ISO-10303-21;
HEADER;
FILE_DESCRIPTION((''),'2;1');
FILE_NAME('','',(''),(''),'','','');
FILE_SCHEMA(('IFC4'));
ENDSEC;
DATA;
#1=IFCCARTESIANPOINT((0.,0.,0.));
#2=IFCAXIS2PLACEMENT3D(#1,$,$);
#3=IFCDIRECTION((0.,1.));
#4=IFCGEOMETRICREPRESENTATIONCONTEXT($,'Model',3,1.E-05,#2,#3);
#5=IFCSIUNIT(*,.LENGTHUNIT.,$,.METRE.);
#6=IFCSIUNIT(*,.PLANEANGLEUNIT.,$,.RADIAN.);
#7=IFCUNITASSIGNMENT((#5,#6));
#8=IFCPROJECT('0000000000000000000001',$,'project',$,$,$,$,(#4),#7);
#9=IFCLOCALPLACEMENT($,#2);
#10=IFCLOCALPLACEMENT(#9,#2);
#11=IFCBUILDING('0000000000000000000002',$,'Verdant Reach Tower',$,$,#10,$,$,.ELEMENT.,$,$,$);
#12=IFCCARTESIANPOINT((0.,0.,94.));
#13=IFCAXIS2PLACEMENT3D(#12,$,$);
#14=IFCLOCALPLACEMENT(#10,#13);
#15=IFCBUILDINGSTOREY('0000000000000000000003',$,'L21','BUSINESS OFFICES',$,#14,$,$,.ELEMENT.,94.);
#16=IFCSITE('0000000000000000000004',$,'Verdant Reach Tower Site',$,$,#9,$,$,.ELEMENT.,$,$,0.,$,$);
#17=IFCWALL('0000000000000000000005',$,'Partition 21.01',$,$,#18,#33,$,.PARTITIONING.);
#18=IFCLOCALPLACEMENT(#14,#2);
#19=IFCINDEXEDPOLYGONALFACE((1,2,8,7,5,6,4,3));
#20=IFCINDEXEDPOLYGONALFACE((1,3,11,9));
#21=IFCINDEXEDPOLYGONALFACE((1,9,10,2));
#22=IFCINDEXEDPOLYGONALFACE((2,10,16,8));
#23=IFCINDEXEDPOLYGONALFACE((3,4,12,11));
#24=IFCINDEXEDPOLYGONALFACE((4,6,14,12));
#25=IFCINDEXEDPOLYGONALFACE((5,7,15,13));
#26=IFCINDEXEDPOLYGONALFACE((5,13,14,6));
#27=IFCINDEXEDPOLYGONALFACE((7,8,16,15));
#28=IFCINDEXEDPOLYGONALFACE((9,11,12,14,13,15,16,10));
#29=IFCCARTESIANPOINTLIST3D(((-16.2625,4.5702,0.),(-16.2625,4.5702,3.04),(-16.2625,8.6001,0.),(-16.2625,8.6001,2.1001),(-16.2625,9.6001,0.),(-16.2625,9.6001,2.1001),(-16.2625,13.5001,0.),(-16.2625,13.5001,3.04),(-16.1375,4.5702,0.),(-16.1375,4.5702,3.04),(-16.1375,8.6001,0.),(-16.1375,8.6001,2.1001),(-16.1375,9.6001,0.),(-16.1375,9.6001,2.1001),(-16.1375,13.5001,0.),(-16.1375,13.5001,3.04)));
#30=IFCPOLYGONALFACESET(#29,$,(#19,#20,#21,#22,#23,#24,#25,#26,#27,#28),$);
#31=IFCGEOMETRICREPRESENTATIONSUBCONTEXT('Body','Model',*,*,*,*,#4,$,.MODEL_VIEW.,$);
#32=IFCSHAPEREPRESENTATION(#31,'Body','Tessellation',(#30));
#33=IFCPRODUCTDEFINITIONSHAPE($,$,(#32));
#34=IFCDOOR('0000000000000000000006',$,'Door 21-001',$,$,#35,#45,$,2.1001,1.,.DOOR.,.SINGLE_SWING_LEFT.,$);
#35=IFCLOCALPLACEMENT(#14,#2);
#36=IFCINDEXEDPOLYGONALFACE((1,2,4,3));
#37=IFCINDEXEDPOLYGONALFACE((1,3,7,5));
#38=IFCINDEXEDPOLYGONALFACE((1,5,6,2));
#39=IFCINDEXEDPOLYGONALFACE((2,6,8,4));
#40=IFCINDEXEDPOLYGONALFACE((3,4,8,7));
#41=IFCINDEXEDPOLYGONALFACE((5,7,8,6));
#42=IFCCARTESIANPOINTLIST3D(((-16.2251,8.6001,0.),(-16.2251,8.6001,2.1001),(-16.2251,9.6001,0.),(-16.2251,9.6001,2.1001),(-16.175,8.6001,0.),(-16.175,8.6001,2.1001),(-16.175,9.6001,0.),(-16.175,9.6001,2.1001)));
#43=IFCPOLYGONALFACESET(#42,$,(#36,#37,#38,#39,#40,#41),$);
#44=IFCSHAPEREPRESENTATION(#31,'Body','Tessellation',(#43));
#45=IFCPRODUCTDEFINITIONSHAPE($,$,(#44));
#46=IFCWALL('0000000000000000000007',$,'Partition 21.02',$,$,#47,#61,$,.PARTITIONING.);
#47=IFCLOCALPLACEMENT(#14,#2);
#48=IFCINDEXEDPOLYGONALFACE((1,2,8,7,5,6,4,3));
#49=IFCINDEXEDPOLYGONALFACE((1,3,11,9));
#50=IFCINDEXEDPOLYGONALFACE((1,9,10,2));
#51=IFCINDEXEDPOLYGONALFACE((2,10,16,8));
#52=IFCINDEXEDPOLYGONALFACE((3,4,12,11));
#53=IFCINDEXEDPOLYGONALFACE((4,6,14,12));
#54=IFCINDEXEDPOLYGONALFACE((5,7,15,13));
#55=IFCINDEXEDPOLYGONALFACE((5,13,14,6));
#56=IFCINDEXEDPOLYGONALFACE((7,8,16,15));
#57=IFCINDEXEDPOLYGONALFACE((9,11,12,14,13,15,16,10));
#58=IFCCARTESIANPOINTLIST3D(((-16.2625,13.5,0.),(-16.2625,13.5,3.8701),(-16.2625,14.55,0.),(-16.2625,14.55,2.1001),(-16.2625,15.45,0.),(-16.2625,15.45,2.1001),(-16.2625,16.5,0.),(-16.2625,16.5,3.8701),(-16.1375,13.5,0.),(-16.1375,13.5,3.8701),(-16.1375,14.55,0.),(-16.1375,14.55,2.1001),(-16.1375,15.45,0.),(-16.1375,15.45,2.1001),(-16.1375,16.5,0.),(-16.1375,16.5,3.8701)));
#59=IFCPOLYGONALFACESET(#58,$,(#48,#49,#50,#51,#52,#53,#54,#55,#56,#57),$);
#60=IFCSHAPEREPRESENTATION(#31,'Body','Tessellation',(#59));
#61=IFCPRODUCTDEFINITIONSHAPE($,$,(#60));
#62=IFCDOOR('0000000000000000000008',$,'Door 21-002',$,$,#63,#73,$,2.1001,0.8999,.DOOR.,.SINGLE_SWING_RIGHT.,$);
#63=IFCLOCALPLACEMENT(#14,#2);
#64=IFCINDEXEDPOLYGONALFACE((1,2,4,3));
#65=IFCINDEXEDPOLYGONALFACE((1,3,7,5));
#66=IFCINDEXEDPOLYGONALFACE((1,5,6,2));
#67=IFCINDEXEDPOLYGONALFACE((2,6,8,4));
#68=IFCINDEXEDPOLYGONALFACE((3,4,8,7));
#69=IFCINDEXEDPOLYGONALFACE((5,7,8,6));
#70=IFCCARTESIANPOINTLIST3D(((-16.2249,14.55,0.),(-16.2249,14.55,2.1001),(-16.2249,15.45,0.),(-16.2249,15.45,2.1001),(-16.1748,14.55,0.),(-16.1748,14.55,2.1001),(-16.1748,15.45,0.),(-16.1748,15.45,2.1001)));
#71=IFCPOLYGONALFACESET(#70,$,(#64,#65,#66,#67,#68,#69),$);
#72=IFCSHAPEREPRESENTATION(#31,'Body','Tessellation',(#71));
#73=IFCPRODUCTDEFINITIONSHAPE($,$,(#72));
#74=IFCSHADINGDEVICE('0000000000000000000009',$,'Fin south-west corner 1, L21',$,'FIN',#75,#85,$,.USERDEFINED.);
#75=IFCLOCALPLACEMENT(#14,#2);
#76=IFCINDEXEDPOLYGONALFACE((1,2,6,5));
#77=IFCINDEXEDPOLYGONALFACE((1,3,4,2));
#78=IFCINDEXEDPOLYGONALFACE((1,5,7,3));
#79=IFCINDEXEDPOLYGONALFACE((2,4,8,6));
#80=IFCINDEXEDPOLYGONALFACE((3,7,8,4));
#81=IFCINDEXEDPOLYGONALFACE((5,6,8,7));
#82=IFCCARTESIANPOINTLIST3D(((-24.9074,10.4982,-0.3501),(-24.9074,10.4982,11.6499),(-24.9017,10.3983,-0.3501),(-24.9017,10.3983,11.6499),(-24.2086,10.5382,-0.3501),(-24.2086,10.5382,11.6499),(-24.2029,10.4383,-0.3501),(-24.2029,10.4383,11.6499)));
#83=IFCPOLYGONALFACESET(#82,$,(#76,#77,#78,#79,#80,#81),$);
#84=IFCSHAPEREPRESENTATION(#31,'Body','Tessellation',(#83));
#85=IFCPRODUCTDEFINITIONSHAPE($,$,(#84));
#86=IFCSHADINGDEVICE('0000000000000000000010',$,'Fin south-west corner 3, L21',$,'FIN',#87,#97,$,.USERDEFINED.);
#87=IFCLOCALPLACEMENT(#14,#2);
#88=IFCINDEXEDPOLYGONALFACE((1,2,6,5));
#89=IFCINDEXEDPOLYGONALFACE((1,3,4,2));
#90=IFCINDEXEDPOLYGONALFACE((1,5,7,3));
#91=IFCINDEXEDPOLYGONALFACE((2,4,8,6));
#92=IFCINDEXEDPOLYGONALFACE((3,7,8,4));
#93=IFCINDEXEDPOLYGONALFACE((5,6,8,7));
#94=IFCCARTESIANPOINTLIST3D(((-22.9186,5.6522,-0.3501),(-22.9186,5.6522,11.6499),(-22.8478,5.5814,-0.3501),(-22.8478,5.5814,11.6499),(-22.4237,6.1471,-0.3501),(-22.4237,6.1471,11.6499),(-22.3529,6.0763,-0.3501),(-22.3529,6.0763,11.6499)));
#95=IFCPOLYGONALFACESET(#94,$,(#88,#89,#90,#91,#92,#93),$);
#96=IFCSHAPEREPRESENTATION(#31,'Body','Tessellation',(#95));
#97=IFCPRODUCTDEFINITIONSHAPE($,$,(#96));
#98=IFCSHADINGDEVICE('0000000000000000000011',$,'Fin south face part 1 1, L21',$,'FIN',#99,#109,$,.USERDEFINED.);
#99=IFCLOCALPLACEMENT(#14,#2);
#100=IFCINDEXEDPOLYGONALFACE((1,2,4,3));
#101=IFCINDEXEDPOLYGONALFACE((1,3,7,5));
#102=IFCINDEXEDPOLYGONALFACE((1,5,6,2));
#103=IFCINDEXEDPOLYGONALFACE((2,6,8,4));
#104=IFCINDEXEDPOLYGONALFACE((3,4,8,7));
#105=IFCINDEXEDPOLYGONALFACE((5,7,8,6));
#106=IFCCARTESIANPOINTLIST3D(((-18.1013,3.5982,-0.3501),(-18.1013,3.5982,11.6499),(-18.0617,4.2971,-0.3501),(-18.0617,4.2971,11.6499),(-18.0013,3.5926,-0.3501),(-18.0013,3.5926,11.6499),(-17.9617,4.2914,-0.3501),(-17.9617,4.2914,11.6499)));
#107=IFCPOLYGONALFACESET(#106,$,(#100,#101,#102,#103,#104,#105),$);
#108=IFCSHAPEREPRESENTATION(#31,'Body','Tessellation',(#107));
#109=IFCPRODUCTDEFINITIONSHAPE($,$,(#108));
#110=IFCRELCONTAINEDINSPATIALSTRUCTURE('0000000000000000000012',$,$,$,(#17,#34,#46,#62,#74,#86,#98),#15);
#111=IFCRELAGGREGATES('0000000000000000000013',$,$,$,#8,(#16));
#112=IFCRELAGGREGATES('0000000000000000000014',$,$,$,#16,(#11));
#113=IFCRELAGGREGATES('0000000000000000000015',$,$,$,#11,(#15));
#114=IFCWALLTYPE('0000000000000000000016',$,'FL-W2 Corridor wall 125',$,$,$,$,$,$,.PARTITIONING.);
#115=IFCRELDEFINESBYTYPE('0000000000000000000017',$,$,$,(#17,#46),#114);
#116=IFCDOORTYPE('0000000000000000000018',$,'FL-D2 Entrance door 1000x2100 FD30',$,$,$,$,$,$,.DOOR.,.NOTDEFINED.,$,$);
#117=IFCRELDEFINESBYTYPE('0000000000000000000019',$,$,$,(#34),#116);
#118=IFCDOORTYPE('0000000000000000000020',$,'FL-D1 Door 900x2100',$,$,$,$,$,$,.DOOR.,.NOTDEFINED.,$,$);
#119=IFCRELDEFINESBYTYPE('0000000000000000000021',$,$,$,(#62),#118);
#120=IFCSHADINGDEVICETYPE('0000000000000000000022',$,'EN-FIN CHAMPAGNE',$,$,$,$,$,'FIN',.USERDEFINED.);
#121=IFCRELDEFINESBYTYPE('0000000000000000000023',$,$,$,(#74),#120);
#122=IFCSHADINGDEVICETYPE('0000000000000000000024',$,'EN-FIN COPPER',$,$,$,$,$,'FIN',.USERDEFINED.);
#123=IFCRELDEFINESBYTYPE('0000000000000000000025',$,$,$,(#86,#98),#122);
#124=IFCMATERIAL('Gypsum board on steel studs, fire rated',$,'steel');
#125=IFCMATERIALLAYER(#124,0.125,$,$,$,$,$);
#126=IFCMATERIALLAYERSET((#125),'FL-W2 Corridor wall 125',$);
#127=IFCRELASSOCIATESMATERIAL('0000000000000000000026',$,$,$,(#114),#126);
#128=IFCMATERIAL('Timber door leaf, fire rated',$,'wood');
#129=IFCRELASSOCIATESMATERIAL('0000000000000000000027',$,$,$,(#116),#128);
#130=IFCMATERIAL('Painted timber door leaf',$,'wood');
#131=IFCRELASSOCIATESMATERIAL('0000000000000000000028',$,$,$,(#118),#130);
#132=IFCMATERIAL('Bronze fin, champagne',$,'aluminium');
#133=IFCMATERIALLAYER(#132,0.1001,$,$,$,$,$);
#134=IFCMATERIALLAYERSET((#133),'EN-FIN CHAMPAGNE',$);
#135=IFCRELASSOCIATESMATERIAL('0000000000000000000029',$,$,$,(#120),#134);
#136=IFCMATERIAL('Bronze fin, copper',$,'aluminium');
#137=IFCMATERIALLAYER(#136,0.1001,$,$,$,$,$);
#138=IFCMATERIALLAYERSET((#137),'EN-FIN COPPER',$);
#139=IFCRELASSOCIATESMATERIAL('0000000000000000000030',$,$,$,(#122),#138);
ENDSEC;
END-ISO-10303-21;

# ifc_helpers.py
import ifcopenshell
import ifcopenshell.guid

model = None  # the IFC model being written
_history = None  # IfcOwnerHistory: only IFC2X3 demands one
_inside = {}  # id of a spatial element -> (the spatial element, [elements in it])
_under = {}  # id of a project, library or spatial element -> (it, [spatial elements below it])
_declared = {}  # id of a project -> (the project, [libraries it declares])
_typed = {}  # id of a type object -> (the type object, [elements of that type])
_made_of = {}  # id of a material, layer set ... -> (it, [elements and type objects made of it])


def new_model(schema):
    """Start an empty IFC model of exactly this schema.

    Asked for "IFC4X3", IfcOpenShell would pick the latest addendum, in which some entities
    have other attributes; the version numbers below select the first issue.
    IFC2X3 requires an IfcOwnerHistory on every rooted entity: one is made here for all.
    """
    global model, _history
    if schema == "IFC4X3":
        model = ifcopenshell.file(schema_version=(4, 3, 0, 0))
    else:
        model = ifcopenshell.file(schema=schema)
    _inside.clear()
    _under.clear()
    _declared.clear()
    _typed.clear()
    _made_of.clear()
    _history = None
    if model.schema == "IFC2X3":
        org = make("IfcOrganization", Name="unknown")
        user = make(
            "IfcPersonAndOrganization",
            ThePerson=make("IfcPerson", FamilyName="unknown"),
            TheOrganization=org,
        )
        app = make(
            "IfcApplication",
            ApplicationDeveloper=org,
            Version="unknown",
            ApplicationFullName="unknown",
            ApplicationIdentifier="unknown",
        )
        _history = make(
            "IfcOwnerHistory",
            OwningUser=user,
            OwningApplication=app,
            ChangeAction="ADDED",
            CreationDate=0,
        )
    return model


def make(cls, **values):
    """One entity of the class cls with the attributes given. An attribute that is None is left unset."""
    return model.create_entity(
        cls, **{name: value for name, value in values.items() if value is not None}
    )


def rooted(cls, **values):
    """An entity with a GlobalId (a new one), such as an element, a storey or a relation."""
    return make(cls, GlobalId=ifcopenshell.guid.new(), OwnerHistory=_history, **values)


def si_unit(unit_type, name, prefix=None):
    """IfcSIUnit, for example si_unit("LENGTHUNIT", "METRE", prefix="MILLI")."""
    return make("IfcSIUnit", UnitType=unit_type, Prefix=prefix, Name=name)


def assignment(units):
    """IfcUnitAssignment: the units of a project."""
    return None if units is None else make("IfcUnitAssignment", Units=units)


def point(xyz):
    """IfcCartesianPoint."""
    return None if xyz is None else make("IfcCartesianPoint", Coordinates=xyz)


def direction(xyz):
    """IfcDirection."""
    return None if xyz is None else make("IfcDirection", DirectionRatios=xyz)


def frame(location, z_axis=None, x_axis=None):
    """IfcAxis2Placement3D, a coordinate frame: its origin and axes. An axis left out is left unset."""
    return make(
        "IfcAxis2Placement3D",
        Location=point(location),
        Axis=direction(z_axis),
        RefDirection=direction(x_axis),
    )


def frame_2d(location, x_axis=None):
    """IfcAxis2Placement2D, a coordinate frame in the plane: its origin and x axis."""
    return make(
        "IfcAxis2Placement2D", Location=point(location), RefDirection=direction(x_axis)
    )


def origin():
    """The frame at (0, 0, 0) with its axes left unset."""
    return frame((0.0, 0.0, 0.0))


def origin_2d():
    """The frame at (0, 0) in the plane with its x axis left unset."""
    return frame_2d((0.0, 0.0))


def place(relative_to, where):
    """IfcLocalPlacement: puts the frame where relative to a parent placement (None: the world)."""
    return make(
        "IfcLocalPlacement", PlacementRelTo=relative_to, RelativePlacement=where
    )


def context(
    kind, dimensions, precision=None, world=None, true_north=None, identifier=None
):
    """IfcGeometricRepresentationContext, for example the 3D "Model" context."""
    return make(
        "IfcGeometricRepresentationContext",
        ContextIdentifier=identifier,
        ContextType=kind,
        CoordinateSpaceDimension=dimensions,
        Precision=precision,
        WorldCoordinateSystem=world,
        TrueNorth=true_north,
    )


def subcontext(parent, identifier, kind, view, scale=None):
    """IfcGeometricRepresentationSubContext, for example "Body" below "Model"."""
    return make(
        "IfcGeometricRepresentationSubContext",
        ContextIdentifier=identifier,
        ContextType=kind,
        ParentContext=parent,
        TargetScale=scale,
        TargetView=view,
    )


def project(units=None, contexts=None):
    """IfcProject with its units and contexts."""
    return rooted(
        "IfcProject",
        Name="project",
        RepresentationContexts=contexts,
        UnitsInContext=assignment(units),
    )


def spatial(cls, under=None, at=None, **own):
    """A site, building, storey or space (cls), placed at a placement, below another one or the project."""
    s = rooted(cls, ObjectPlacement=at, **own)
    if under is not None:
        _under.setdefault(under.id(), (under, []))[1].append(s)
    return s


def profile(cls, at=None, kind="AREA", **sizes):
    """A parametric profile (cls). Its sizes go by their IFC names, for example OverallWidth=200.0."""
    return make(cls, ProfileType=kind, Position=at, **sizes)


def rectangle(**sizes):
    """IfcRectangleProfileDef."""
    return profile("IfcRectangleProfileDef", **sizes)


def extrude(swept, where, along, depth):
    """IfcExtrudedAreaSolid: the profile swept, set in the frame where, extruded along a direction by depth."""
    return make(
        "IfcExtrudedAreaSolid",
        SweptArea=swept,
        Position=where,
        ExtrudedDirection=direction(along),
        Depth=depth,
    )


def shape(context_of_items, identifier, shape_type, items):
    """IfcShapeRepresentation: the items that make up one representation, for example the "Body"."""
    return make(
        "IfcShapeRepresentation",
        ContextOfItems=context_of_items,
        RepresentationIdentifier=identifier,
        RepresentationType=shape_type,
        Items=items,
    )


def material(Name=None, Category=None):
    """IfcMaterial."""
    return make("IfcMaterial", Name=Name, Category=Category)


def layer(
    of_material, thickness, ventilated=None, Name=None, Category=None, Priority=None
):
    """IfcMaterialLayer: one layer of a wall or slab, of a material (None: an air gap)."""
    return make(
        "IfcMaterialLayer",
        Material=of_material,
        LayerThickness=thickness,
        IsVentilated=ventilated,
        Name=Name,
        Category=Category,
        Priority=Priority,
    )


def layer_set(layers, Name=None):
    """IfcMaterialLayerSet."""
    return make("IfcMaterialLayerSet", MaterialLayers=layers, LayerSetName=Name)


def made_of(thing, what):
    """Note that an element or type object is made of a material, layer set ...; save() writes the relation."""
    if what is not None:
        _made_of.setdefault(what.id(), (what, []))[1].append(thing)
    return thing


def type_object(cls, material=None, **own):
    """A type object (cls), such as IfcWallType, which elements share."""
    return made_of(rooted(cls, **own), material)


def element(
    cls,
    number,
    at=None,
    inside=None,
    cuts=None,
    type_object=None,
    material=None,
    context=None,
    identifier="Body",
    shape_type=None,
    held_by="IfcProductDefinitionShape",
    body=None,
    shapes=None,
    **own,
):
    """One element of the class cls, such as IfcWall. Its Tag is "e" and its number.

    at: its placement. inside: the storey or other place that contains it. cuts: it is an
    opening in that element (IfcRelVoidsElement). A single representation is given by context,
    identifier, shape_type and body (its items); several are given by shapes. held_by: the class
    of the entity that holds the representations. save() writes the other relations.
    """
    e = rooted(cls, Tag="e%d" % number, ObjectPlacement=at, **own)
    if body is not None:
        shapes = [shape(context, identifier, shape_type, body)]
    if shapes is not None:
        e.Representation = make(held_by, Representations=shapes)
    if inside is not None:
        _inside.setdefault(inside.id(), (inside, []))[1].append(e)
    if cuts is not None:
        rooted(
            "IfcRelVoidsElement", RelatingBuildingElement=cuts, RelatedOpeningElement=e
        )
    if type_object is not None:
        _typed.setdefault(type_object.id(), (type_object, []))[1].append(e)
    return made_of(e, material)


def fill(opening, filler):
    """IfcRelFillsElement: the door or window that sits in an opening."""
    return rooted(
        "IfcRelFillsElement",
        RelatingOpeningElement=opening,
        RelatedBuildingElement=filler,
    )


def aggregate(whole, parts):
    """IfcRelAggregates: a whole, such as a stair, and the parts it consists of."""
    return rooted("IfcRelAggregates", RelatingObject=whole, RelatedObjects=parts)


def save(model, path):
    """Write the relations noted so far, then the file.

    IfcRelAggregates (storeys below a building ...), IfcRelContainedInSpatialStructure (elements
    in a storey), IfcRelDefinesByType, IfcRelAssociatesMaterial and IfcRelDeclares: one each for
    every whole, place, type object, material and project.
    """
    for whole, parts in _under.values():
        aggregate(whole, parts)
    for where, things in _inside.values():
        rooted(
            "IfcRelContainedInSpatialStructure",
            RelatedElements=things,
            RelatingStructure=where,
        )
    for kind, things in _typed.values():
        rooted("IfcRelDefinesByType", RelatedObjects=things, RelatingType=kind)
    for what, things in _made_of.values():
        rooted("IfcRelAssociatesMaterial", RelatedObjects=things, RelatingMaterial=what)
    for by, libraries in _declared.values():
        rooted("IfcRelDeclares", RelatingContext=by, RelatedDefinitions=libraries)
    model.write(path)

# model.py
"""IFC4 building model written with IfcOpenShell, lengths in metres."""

from ifc_helpers import new_model, si_unit, direction, frame, frame_2d, origin, origin_2d, place, context, subcontext, project, spatial, rectangle, extrude, material, layer, layer_set, type_object, element, fill, save


model = new_model("IFC4")

# Units and contexts
model_context = context("Model", 3, precision=1e-05, world=origin(), true_north=direction((0.0, 1.0)))
body_context = subcontext(model_context, "Body", "Model", "MODEL_VIEW")
ifc_project = project(units=[si_unit("LENGTHUNIT", "METRE"), si_unit("PLANEANGLEUNIT", "RADIAN")], contexts=[model_context])

# Site, building, storey
site_placement = place(None, origin())
site = spatial("IfcSite", under=ifc_project, at=site_placement, Name="Verdant Reach Tower Site", CompositionType="ELEMENT", RefElevation=0.0)
building_placement = place(site_placement, origin())
building = spatial("IfcBuilding", under=site, at=building_placement, Name="Verdant Reach Tower", CompositionType="ELEMENT")
storey_placement = place(building_placement, frame((0.0, 0.0, 94.0)))
storey = spatial("IfcBuildingStorey", under=building, at=storey_placement, Name="L21", Description="BUSINESS OFFICES", CompositionType="ELEMENT", Elevation=94.0)

# Walls, openings, doors
ifc_material_1 = material(Name="Gypsum board on steel studs, fire rated", Category="steel")
ifc_layer_1 = layer(ifc_material_1, 0.125)
ifc_layer_set_1 = layer_set([ifc_layer_1], Name="FL-W2 Corridor wall 125")
wall_type = type_object("IfcWallType", Name="FL-W2 Corridor wall 125", PredefinedType="PARTITIONING", material=ifc_layer_set_1)
wall_1_placement = place(storey_placement, frame((-16.2, 13.5, 0.0), z_axis=(0.0, 0.0, 1.0), x_axis=(0.0, -1.0, 0.0)))
wall_1 = element("IfcWall", 1, at=wall_1_placement, inside=storey, type_object=wall_type, Name="Partition 21.01", PredefinedType="PARTITIONING", context=body_context, shape_type="SweptSolid", body=[
    extrude(rectangle(XDim=8.9299, YDim=0.125, at=frame_2d((4.4648, 0.0))), origin(), (0.0, 0.0, 1.0), 3.04),
])
opening_1_placement = place(wall_1_placement, frame((3.8999, 0.0, 0.0)))
opening_1 = element("IfcOpeningElement", 2, at=opening_1_placement, cuts=wall_1, PredefinedType="OPENING", context=body_context, shape_type="SweptSolid", body=[
    extrude(rectangle(XDim=1.0, YDim=2.1001, at=frame_2d((0.5, 1.05))), frame((0.0, 0.0725, 0.0), z_axis=(0.0, -1.0, 0.0), x_axis=(1.0, 0.0, 0.0)), (0.0, 0.0, 1.0), 0.145),
])
ifc_material_2 = material(Name="Timber door leaf, fire rated", Category="wood")
door_type_1 = type_object("IfcDoorType", Name="FL-D2 Entrance door 1000x2100 FD30", OperationType="NOTDEFINED", PredefinedType="DOOR", material=ifc_material_2)
door_1_placement = place(opening_1_placement, origin())
door_1 = element("IfcDoor", 3, at=door_1_placement, inside=storey, type_object=door_type_1, Name="Door 21-001", OperationType="SINGLE_SWING_LEFT", OverallHeight=2.1001, OverallWidth=1.0, PredefinedType="DOOR", context=body_context, shape_type="SweptSolid", body=[
    extrude(rectangle(XDim=1.0, YDim=2.1001, at=frame_2d((0.5, 1.05))), frame((0.0, 0.0249, 0.0), z_axis=(0.0, -1.0, 0.0), x_axis=(1.0, 0.0, 0.0)), (0.0, 0.0, 1.0), 0.05),
])
fill(opening_1, door_1)
wall_2_placement = place(storey_placement, frame((-16.2, 13.5, 0.0), z_axis=(0.0, 0.0, 1.0), x_axis=(0.0, 1.0, 0.0)))
wall_2 = element("IfcWall", 4, at=wall_2_placement, inside=storey, type_object=wall_type, Name="Partition 21.02", PredefinedType="PARTITIONING", context=body_context, shape_type="SweptSolid", body=[
    extrude(rectangle(XDim=3.0, YDim=0.125, at=frame_2d((1.5, 0.0))), origin(), (0.0, 0.0, 1.0), 3.8701),
])
opening_2_placement = place(wall_2_placement, frame((1.05, 0.0, 0.0)))
opening_2 = element("IfcOpeningElement", 5, at=opening_2_placement, cuts=wall_2, PredefinedType="OPENING", context=body_context, shape_type="SweptSolid", body=[
    extrude(rectangle(XDim=0.8999, YDim=2.1001, at=frame_2d((0.45, 1.05))), frame((0.0, 0.0725, 0.0), z_axis=(0.0, -1.0, 0.0), x_axis=(1.0, 0.0, 0.0)), (0.0, 0.0, 1.0), 0.145),
])
ifc_material_3 = material(Name="Painted timber door leaf", Category="wood")
door_type_2 = type_object("IfcDoorType", Name="FL-D1 Door 900x2100", OperationType="NOTDEFINED", PredefinedType="DOOR", material=ifc_material_3)
door_2_placement = place(opening_2_placement, origin())
door_2 = element("IfcDoor", 6, at=door_2_placement, inside=storey, type_object=door_type_2, Name="Door 21-002", OperationType="SINGLE_SWING_RIGHT", OverallHeight=2.1001, OverallWidth=0.8999, PredefinedType="DOOR", context=body_context, shape_type="SweptSolid", body=[
    extrude(rectangle(XDim=0.8999, YDim=2.1001, at=frame_2d((0.45, 1.05))), frame((0.0, 0.0249, 0.0), z_axis=(0.0, -1.0, 0.0), x_axis=(1.0, 0.0, 0.0)), (0.0, 0.0, 1.0), 0.05),
])
fill(opening_2, door_2)

# Shading devices
ifc_material_4 = material(Name="Bronze fin, champagne", Category="aluminium")
ifc_layer_2 = layer(ifc_material_4, 0.1001)
ifc_layer_set_2 = layer_set([ifc_layer_2], Name="EN-FIN CHAMPAGNE")
shading_device_type_1 = type_object("IfcShadingDeviceType", Name="EN-FIN CHAMPAGNE", ElementType="FIN", PredefinedType="USERDEFINED", material=ifc_layer_set_2)
shading_device_placement = place(storey_placement, frame((-24.5552, 10.4683, -0.3501), z_axis=(0.0, 0.0, 1.0), x_axis=(0.057135, -0.998366, 0.0)))
element("IfcShadingDevice", 7, at=shading_device_placement, inside=storey, type_object=shading_device_type_1, Name="Fin south-west corner 1, L21", ObjectType="FIN", PredefinedType="USERDEFINED", context=body_context, shape_type="SweptSolid", body=[
    extrude(rectangle(XDim=0.1001, YDim=0.7, at=origin_2d()), origin(), (0.0, 0.0, 1.0), 12.0),
])
ifc_material_5 = material(Name="Bronze fin, copper", Category="aluminium")
ifc_layer_3 = layer(ifc_material_5, 0.1001)
ifc_layer_set_3 = layer_set([ifc_layer_3], Name="EN-FIN COPPER")
shading_device_type_2 = type_object("IfcShadingDeviceType", Name="EN-FIN COPPER", ElementType="FIN", PredefinedType="USERDEFINED", material=ifc_layer_set_3)
for number, where, z_axis, x_axis, name in (
    (8, (-22.6357, 5.8643, -0.3501), (0.0, 0.0, 1.0), (0.707107, -0.707107, 0.0), "Fin south-west corner 3, L21"),
    (9, (-18.0315, 3.9448, -0.3501), (0.0, 0.0, 1.0), (0.998399, -0.056569, 0.0), "Fin south face part 1 1, L21"),
):
    element("IfcShadingDevice", number, at=place(storey_placement, frame(where, z_axis=z_axis, x_axis=x_axis)), inside=storey, type_object=shading_device_type_2, Name=name, ObjectType="FIN", PredefinedType="USERDEFINED", context=body_context, shape_type="SweptSolid", body=[
        extrude(rectangle(XDim=0.1001, YDim=0.7, at=origin_2d()), origin(), (0.0, 0.0, 1.0), 12.0),
    ])

save(model, "model.ifc")
